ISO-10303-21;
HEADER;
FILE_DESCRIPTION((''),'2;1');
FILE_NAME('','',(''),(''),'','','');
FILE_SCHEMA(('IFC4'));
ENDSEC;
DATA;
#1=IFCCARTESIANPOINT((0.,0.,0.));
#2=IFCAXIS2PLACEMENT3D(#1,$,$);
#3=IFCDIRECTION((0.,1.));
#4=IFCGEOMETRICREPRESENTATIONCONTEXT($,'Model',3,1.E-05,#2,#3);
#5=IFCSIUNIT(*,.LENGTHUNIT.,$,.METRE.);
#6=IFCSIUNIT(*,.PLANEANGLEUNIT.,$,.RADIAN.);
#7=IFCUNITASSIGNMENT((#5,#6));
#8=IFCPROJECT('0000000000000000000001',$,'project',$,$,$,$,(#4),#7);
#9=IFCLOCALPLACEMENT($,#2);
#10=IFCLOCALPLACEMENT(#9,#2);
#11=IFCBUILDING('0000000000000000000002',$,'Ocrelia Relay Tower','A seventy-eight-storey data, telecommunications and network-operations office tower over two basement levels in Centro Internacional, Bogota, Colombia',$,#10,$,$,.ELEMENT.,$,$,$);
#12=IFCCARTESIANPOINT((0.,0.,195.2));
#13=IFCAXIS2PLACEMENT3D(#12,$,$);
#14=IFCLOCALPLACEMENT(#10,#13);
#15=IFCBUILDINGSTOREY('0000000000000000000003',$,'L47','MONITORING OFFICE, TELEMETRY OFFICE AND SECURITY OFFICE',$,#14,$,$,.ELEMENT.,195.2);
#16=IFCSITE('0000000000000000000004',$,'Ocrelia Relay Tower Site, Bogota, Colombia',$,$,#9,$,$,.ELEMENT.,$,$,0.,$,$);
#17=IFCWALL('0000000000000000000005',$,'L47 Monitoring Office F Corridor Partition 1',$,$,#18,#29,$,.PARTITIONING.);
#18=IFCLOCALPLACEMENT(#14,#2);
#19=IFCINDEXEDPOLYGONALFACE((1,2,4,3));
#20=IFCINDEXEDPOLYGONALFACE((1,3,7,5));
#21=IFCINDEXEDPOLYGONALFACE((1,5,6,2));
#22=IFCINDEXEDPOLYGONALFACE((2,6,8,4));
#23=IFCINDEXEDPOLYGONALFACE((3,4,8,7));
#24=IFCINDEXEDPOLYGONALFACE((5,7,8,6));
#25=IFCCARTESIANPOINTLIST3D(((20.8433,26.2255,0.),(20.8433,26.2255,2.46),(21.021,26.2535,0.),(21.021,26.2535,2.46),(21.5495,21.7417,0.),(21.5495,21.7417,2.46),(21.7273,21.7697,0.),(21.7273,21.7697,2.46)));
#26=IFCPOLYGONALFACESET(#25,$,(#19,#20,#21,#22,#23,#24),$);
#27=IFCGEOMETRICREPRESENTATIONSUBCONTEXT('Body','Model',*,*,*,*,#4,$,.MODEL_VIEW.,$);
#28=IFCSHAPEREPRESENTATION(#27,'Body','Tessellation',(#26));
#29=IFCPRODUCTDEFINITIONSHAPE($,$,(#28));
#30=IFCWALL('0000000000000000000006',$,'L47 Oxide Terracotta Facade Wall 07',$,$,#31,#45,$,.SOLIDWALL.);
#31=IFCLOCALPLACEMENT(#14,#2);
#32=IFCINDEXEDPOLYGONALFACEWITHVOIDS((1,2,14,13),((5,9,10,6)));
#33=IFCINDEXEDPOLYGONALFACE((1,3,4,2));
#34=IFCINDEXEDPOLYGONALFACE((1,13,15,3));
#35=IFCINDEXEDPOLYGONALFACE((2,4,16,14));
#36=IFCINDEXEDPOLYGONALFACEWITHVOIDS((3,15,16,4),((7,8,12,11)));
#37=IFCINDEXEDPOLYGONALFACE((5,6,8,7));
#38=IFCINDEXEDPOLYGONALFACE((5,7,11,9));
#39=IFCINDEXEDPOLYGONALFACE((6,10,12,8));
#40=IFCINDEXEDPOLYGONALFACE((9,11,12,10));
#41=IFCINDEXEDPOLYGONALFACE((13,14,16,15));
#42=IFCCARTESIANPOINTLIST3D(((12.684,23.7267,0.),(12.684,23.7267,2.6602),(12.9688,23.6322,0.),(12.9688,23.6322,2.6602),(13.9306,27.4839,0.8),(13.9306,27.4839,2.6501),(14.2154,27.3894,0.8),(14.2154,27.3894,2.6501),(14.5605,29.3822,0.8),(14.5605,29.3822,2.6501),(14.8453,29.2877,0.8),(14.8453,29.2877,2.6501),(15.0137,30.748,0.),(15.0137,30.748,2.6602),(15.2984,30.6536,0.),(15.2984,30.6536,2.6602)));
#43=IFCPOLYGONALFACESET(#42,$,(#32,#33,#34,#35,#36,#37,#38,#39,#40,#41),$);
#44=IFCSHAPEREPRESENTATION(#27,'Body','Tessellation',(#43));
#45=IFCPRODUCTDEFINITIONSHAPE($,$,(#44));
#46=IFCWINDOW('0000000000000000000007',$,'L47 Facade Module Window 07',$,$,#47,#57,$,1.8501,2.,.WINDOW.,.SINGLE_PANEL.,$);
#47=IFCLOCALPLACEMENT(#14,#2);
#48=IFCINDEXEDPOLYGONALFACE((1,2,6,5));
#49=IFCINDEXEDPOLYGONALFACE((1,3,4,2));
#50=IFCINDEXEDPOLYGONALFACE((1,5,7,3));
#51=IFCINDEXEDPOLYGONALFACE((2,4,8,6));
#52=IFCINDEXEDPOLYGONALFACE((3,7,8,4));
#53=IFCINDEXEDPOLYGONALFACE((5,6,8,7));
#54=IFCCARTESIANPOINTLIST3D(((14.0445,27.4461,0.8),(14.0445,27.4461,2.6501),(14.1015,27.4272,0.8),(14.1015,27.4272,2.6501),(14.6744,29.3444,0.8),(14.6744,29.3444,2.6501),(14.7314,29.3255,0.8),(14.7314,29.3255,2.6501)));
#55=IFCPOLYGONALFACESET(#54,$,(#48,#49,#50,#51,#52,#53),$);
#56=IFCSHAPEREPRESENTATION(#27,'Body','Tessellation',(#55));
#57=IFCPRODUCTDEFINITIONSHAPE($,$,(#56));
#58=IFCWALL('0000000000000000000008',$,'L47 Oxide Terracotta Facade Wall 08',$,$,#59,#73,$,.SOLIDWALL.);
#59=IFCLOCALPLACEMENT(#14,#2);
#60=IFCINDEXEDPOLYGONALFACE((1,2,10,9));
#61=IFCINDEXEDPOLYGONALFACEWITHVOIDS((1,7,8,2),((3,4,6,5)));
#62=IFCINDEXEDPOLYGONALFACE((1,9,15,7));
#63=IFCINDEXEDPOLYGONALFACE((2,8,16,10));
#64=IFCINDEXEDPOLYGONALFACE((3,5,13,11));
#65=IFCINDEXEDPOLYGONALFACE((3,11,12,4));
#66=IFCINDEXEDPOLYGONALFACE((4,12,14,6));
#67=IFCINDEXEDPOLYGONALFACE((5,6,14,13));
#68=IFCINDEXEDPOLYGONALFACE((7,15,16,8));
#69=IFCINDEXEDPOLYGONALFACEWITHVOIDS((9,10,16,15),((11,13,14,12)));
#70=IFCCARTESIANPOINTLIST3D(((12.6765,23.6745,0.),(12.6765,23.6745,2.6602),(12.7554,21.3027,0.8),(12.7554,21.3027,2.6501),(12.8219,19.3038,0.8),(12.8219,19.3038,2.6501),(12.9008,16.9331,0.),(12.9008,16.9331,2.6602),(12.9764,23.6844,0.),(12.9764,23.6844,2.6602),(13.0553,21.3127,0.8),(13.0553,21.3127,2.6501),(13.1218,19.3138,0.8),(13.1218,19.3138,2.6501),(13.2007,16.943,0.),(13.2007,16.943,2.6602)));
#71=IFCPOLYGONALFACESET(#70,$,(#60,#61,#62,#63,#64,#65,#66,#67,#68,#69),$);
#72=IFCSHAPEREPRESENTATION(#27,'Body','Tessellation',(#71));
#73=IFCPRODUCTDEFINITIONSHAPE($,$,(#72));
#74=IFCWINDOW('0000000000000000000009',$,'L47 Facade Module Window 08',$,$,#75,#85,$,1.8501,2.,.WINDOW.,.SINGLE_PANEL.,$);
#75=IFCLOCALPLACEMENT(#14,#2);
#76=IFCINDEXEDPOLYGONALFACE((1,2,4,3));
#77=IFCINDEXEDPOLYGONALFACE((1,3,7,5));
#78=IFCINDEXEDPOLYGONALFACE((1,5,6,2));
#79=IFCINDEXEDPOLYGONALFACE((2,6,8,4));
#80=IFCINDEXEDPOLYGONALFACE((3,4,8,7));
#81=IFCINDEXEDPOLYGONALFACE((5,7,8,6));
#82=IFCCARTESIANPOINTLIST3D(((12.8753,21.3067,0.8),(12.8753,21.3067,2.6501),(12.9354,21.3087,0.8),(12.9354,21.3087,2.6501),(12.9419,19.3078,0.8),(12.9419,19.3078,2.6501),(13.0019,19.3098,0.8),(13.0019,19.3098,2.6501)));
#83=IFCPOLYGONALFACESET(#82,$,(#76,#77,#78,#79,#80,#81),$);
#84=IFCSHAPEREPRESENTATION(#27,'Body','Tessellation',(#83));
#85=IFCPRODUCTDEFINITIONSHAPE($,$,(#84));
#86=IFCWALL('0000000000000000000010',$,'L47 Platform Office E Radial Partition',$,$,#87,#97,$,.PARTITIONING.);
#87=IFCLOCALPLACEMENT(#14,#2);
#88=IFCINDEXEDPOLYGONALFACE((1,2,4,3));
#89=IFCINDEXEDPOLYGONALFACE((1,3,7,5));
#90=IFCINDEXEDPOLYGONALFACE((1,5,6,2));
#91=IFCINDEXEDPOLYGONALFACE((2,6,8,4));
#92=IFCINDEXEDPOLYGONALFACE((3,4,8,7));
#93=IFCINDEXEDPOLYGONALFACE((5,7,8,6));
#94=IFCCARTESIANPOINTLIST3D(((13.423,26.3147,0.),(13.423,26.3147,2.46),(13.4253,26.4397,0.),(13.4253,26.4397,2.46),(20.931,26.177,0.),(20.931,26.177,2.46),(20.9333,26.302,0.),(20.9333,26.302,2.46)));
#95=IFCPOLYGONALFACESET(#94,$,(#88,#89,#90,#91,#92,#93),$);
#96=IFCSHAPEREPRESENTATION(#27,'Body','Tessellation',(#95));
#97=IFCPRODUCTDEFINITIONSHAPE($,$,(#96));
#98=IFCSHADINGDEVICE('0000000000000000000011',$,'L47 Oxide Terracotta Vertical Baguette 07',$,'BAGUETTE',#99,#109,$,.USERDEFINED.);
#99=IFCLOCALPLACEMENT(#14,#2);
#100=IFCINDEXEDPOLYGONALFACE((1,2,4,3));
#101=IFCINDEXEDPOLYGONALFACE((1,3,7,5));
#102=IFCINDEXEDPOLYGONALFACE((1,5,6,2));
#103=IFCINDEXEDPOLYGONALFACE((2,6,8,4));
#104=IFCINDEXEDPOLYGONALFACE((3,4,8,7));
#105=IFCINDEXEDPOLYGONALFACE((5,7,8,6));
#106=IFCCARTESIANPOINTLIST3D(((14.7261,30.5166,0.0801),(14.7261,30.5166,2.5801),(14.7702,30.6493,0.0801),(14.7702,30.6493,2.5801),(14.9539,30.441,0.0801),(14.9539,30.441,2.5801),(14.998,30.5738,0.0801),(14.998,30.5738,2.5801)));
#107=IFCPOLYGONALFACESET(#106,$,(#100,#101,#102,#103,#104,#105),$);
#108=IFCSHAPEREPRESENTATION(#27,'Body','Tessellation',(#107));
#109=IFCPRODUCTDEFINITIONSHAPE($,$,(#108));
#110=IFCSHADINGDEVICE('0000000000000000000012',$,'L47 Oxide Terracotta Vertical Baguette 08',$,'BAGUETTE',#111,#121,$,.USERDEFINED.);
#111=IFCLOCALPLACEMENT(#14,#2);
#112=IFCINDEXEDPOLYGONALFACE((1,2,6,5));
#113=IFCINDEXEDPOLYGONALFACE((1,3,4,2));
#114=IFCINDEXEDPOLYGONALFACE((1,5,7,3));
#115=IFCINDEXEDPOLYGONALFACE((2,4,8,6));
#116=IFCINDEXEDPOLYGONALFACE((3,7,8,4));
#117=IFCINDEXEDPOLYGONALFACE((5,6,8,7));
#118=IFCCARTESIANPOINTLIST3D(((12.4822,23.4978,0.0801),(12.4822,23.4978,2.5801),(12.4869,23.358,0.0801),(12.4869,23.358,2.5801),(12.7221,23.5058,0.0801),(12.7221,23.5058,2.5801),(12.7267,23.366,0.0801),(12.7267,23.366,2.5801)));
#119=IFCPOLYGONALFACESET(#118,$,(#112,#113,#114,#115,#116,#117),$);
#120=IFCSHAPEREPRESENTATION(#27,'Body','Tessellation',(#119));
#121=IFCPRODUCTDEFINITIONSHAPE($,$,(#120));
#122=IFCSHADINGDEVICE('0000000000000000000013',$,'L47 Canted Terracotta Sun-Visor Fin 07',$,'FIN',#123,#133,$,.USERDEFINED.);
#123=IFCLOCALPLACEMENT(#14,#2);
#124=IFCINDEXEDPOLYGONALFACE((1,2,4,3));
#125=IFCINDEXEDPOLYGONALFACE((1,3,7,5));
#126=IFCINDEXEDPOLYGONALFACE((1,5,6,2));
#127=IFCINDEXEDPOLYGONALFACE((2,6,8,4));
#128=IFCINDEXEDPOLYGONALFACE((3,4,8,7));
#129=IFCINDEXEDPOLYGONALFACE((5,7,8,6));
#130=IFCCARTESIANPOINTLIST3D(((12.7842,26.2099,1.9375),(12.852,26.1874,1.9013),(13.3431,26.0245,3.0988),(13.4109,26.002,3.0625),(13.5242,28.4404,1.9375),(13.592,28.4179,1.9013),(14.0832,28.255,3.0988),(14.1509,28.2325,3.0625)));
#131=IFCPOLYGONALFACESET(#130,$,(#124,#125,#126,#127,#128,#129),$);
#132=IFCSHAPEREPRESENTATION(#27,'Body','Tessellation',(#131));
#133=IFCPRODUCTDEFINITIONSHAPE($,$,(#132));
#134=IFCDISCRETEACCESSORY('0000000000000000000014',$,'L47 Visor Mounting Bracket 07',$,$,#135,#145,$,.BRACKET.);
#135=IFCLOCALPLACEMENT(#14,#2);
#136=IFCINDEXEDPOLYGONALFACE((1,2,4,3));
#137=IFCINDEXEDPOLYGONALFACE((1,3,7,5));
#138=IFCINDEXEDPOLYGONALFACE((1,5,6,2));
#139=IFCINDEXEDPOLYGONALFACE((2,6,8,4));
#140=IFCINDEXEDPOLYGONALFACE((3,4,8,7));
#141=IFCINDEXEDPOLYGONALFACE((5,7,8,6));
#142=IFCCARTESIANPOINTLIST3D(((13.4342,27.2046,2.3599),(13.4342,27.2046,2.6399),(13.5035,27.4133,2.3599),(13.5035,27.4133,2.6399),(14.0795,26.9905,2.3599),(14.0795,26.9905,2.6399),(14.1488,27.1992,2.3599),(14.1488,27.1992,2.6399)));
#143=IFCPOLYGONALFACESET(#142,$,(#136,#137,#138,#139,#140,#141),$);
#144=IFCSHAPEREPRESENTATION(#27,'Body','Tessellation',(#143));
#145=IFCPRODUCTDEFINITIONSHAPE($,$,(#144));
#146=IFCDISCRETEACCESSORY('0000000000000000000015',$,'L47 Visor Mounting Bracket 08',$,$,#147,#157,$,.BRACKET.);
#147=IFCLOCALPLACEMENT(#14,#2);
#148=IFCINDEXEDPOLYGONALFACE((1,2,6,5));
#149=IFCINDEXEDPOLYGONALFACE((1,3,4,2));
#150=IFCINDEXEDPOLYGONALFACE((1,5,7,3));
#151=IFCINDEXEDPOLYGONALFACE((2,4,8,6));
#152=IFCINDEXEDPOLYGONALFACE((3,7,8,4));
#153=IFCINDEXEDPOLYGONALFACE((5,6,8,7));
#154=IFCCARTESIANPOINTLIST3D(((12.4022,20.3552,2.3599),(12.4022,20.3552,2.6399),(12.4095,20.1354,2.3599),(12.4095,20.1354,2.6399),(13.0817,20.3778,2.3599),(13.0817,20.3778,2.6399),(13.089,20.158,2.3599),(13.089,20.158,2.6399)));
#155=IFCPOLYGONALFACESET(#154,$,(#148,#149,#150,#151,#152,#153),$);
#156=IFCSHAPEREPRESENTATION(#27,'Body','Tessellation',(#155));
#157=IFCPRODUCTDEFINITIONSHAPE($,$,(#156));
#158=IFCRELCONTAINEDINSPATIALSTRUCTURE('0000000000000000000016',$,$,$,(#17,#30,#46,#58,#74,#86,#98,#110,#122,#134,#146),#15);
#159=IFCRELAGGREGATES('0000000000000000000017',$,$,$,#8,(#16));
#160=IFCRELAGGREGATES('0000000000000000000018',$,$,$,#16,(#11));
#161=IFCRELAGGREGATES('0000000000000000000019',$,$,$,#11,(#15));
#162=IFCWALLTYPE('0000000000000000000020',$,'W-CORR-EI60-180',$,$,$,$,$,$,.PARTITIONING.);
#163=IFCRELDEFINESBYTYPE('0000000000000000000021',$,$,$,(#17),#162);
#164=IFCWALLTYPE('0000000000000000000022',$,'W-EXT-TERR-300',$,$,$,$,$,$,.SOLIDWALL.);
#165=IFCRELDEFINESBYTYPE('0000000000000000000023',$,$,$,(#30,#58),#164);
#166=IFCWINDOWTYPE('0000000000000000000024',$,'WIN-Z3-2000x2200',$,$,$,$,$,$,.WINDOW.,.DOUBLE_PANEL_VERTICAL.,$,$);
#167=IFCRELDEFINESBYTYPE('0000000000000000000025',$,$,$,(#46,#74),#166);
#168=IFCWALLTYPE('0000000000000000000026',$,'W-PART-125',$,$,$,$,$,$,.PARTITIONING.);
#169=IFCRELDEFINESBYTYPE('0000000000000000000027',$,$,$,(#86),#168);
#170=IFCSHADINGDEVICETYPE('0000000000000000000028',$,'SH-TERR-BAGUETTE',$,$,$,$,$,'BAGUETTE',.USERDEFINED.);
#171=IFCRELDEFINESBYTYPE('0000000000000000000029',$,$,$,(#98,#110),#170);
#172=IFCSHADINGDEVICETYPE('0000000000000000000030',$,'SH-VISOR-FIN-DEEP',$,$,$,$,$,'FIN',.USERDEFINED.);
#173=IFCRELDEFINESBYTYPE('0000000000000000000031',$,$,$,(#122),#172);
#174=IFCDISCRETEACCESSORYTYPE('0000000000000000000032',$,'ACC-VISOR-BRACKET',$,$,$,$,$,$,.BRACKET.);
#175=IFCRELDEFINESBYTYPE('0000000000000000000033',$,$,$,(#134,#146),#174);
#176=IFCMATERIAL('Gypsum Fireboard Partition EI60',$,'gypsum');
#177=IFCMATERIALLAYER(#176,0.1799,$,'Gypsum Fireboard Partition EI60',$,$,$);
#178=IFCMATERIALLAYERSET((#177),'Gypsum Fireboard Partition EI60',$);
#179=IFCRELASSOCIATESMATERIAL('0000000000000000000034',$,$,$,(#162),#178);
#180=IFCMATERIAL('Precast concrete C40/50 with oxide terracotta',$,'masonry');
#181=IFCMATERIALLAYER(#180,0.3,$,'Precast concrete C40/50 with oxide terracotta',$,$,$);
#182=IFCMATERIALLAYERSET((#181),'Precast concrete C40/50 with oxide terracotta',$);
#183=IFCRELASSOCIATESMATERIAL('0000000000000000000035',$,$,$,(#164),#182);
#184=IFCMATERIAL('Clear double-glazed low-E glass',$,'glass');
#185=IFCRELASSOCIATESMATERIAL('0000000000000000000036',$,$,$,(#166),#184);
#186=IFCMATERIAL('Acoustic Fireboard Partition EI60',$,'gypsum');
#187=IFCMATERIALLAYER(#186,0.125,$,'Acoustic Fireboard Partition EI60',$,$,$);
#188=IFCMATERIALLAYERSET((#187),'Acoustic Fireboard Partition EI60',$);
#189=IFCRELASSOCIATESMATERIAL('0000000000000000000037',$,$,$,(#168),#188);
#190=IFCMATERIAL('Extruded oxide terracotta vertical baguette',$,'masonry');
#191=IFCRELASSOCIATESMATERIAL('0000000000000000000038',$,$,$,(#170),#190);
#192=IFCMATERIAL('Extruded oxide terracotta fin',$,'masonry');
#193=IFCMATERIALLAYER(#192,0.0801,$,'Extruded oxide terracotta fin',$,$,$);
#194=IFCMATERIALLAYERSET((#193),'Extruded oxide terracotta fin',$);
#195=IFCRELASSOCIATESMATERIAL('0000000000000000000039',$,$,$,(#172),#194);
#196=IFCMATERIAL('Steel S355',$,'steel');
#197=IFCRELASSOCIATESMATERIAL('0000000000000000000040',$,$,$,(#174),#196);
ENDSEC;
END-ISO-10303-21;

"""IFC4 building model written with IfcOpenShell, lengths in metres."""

from ifc_helpers import new_model, si_unit, direction, frame, frame_2d, origin, origin_2d, place, context, subcontext, project, spatial, rectangle, extrude, material, layer, layer_set, type_object, element, fill, save


model = new_model("IFC4")

# Units and contexts
model_context = context("Model", 3, precision=1e-05, world=origin(), true_north=direction((0.0, 1.0)))
body_context = subcontext(model_context, "Body", "Model", "MODEL_VIEW")
ifc_project = project(units=[si_unit("LENGTHUNIT", "METRE"), si_unit("PLANEANGLEUNIT", "RADIAN")], contexts=[model_context])

# Site, building, storey
site_placement = place(None, origin())
site = spatial("IfcSite", under=ifc_project, at=site_placement, Name="Ocrelia Relay Tower Site, Bogota, Colombia", CompositionType="ELEMENT", RefElevation=0.0)
building_placement = place(site_placement, origin())
building = spatial("IfcBuilding", under=site, at=building_placement, Name="Ocrelia Relay Tower", Description="A seventy-eight-storey data, telecommunications and network-operations office tower over two basement levels in Centro Internacional, Bogota, Colombia", CompositionType="ELEMENT")
storey_placement = place(building_placement, frame((0.0, 0.0, 195.2)))
storey = spatial("IfcBuildingStorey", under=building, at=storey_placement, Name="L47", Description="MONITORING OFFICE, TELEMETRY OFFICE AND SECURITY OFFICE", CompositionType="ELEMENT", Elevation=195.2)

# Shared definitions
ifc_material_1 = material(Name="Steel S355", Category="steel")

# Wall
ifc_material_2 = material(Name="Gypsum Fireboard Partition EI60", Category="gypsum")
ifc_layer_1 = layer(ifc_material_2, 0.1799, Name="Gypsum Fireboard Partition EI60")
ifc_layer_set_1 = layer_set([ifc_layer_1], Name="Gypsum Fireboard Partition EI60")
wall_type_1 = type_object("IfcWallType", Name="W-CORR-EI60-180", PredefinedType="PARTITIONING", material=ifc_layer_set_1)
wall_1_placement = place(storey_placement, frame((20.9321, 26.2395, 0.0), z_axis=(0.0, 0.0, 1.0), x_axis=(0.155601, -0.98782, 0.0)))
element("IfcWall", 1, at=wall_1_placement, inside=storey, type_object=wall_type_1, Name="L47 Monitoring Office F Corridor Partition 1", PredefinedType="PARTITIONING", context=body_context, shape_type="SweptSolid", body=[
    extrude(rectangle(XDim=4.5391, YDim=0.1799, at=frame_2d((2.2695, 0.0))), origin(), (0.0, 0.0, 1.0), 2.46),
])

# Walls, openings, windows
ifc_material_3 = material(Name="Precast concrete C40/50 with oxide terracotta", Category="masonry")
ifc_layer_2 = layer(ifc_material_3, 0.3, Name="Precast concrete C40/50 with oxide terracotta")
ifc_layer_set_2 = layer_set([ifc_layer_2], Name="Precast concrete C40/50 with oxide terracotta")
wall_type_2 = type_object("IfcWallType", Name="W-EXT-TERR-300", PredefinedType="SOLIDWALL", material=ifc_layer_set_2)
wall_2_placement = place(storey_placement, frame((15.156, 30.7007, 0.0), z_axis=(0.0, 0.0, 1.0), x_axis=(-0.314911, -0.949121, 0.0)))
wall_2 = element("IfcWall", 2, at=wall_2_placement, inside=storey, type_object=wall_type_2, Name="L47 Oxide Terracotta Facade Wall 07", PredefinedType="SOLIDWALL", context=body_context, shape_type="SweptSolid", body=[
    extrude(rectangle(XDim=7.3977, YDim=0.3, at=frame_2d((3.6987, 0.0))), origin(), (0.0, 0.0, 1.0), 2.6602),
])
opening_1_placement = place(wall_2_placement, frame((1.439, 0.0, 0.8)))
opening_1 = element("IfcOpeningElement", 3, at=opening_1_placement, cuts=wall_2, PredefinedType="OPENING", context=body_context, shape_type="SweptSolid", body=[
    extrude(rectangle(XDim=2.0, YDim=1.8501, at=frame_2d((1.0, 0.925))), frame((0.0, 0.1602, 0.0), z_axis=(0.0, -1.0, 0.0), x_axis=(1.0, 0.0, 0.0)), (0.0, 0.0, 1.0), 0.3201),
])
ifc_material_4 = material(Name="Clear double-glazed low-E glass", Category="glass")
window_type = type_object("IfcWindowType", Name="WIN-Z3-2000x2200", PartitioningType="DOUBLE_PANEL_VERTICAL", PredefinedType="WINDOW", material=ifc_material_4)
window_1_placement = place(opening_1_placement, origin())
window_1 = element("IfcWindow", 4, at=window_1_placement, inside=storey, type_object=window_type, Name="L47 Facade Module Window 07", OverallHeight=1.8501, OverallWidth=2.0, PartitioningType="SINGLE_PANEL", PredefinedType="WINDOW", context=body_context, shape_type="SweptSolid", body=[
    extrude(rectangle(XDim=2.0, YDim=1.8501, at=frame_2d((1.0, 0.925))), frame((0.0, 0.03, 0.0), z_axis=(0.0, -1.0, 0.0), x_axis=(1.0, 0.0, 0.0)), (0.0, 0.0, 1.0), 0.0601),
])
fill(opening_1, window_1)
wall_3_placement = place(storey_placement, frame((12.8264, 23.6794, 0.0), z_axis=(0.0, 0.0, 1.0), x_axis=(0.033263, -0.999447, 0.0)))
wall_3 = element("IfcWall", 5, at=wall_3_placement, inside=storey, type_object=wall_type_2, Name="L47 Oxide Terracotta Facade Wall 08", PredefinedType="SOLIDWALL", context=body_context, shape_type="SweptSolid", body=[
    extrude(rectangle(XDim=6.7451, YDim=0.3, at=frame_2d((3.3726, 0.0))), origin(), (0.0, 0.0, 1.0), 2.6602),
])
opening_2_placement = place(wall_3_placement, frame((2.373, 0.0, 0.8)))
opening_2 = element("IfcOpeningElement", 6, at=opening_2_placement, cuts=wall_3, PredefinedType="OPENING", context=body_context, shape_type="SweptSolid", body=[
    extrude(rectangle(XDim=2.0, YDim=1.8501, at=frame_2d((1.0, 0.925))), frame((0.0, 0.1602, 0.0), z_axis=(0.0, -1.0, 0.0), x_axis=(1.0, 0.0, 0.0)), (0.0, 0.0, 1.0), 0.3201),
])
window_2_placement = place(opening_2_placement, origin())
window_2 = element("IfcWindow", 7, at=window_2_placement, inside=storey, type_object=window_type, Name="L47 Facade Module Window 08", OverallHeight=1.8501, OverallWidth=2.0, PartitioningType="SINGLE_PANEL", PredefinedType="WINDOW", context=body_context, shape_type="SweptSolid", body=[
    extrude(rectangle(XDim=2.0, YDim=1.8501, at=frame_2d((1.0, 0.925))), frame((0.0, 0.03, 0.0), z_axis=(0.0, -1.0, 0.0), x_axis=(1.0, 0.0, 0.0)), (0.0, 0.0, 1.0), 0.0601),
])
fill(opening_2, window_2)

# Wall
ifc_material_5 = material(Name="Acoustic Fireboard Partition EI60", Category="gypsum")
ifc_layer_3 = layer(ifc_material_5, 0.125, Name="Acoustic Fireboard Partition EI60")
ifc_layer_set_3 = layer_set([ifc_layer_3], Name="Acoustic Fireboard Partition EI60")
wall_type_3 = type_object("IfcWallType", Name="W-PART-125", PredefinedType="PARTITIONING", material=ifc_layer_set_3)
wall_4_placement = place(storey_placement, frame((20.9321, 26.2395, 0.0), z_axis=(0.0, 0.0, 1.0), x_axis=(-0.999832, 0.018337, 0.0)))
element("IfcWall", 8, at=wall_4_placement, inside=storey, type_object=wall_type_3, Name="L47 Platform Office E Radial Partition", PredefinedType="PARTITIONING", context=body_context, shape_type="SweptSolid", body=[
    extrude(rectangle(XDim=7.5093, YDim=0.125, at=frame_2d((3.7546, 0.0))), origin(), (0.0, 0.0, 1.0), 2.46),
])

# Shading devices
ifc_material_6 = material(Name="Extruded oxide terracotta vertical baguette", Category="masonry")
shading_device_type_1 = type_object("IfcShadingDeviceType", Name="SH-TERR-BAGUETTE", ElementType="BAGUETTE", PredefinedType="USERDEFINED", material=ifc_material_6)
for number, where, z_axis, x_axis, name in (
    (9, (14.8621, 30.5452, 0.0801), (0.0, 0.0, 1.0), (-0.314901, -0.949124, 0.0), "L47 Oxide Terracotta Vertical Baguette 07"),
    (10, (12.6045, 23.4319, 0.0801), (0.0, 0.0, 1.0), (0.033269, -0.999446, 0.0), "L47 Oxide Terracotta Vertical Baguette 08"),
):
    element("IfcShadingDevice", number, at=place(storey_placement, frame(where, z_axis=z_axis, x_axis=x_axis)), inside=storey, type_object=shading_device_type_1, Name=name, ObjectType="BAGUETTE", PredefinedType="USERDEFINED", context=body_context, shape_type="SweptSolid", body=[
        extrude(rectangle(XDim=0.1399, YDim=0.24, at=origin_2d()), origin(), (0.0, 0.0, 1.0), 2.5),
    ])
ifc_material_7 = material(Name="Extruded oxide terracotta fin", Category="masonry")
ifc_layer_4 = layer(ifc_material_7, 0.0801, Name="Extruded oxide terracotta fin")
ifc_layer_set_4 = layer_set([ifc_layer_4], Name="Extruded oxide terracotta fin")
shading_device_type_2 = type_object("IfcShadingDeviceType", Name="SH-VISOR-FIN-DEEP", ElementType="FIN", PredefinedType="USERDEFINED", material=ifc_layer_set_4)
shading_device_placement = place(storey_placement, frame((13.5015, 27.21, 2.4819), z_axis=(-0.846502, 0.280853, 0.452279), x_axis=(-0.314901, -0.949124, 0.0)))
element("IfcShadingDevice", 11, at=shading_device_placement, inside=storey, type_object=shading_device_type_2, Name="L47 Canted Terracotta Sun-Visor Fin 07", ObjectType="FIN", PredefinedType="USERDEFINED", context=body_context, shape_type="SweptSolid", body=[
    extrude(rectangle(XDim=2.3501, YDim=1.302, at=origin_2d()), origin(), (0.0, 0.0, 1.0), 0.0801),
])

# Discrete accessories
discrete_accessory_type = type_object("IfcDiscreteAccessoryType", Name="ACC-VISOR-BRACKET", PredefinedType="BRACKET", material=ifc_material_1)
for number, where, z_axis, x_axis, name in (
    (12, (13.7915, 27.2019, 2.3599), (0.0, 0.0, 1.0), (-0.314901, -0.949124, 0.0), "L47 Visor Mounting Bracket 07"),
    (13, (12.7456, 20.2566, 2.3599), (0.0, 0.0, 1.0), (0.033269, -0.999446, 0.0), "L47 Visor Mounting Bracket 08"),
):
    element("IfcDiscreteAccessory", number, at=place(storey_placement, frame(where, z_axis=z_axis, x_axis=x_axis)), inside=storey, type_object=discrete_accessory_type, Name=name, PredefinedType="BRACKET", context=body_context, shape_type="SweptSolid", body=[
        extrude(rectangle(XDim=0.22, YDim=0.6799, at=origin_2d()), origin(), (0.0, 0.0, 1.0), 0.28),
    ])

save(model, "model.ifc")
